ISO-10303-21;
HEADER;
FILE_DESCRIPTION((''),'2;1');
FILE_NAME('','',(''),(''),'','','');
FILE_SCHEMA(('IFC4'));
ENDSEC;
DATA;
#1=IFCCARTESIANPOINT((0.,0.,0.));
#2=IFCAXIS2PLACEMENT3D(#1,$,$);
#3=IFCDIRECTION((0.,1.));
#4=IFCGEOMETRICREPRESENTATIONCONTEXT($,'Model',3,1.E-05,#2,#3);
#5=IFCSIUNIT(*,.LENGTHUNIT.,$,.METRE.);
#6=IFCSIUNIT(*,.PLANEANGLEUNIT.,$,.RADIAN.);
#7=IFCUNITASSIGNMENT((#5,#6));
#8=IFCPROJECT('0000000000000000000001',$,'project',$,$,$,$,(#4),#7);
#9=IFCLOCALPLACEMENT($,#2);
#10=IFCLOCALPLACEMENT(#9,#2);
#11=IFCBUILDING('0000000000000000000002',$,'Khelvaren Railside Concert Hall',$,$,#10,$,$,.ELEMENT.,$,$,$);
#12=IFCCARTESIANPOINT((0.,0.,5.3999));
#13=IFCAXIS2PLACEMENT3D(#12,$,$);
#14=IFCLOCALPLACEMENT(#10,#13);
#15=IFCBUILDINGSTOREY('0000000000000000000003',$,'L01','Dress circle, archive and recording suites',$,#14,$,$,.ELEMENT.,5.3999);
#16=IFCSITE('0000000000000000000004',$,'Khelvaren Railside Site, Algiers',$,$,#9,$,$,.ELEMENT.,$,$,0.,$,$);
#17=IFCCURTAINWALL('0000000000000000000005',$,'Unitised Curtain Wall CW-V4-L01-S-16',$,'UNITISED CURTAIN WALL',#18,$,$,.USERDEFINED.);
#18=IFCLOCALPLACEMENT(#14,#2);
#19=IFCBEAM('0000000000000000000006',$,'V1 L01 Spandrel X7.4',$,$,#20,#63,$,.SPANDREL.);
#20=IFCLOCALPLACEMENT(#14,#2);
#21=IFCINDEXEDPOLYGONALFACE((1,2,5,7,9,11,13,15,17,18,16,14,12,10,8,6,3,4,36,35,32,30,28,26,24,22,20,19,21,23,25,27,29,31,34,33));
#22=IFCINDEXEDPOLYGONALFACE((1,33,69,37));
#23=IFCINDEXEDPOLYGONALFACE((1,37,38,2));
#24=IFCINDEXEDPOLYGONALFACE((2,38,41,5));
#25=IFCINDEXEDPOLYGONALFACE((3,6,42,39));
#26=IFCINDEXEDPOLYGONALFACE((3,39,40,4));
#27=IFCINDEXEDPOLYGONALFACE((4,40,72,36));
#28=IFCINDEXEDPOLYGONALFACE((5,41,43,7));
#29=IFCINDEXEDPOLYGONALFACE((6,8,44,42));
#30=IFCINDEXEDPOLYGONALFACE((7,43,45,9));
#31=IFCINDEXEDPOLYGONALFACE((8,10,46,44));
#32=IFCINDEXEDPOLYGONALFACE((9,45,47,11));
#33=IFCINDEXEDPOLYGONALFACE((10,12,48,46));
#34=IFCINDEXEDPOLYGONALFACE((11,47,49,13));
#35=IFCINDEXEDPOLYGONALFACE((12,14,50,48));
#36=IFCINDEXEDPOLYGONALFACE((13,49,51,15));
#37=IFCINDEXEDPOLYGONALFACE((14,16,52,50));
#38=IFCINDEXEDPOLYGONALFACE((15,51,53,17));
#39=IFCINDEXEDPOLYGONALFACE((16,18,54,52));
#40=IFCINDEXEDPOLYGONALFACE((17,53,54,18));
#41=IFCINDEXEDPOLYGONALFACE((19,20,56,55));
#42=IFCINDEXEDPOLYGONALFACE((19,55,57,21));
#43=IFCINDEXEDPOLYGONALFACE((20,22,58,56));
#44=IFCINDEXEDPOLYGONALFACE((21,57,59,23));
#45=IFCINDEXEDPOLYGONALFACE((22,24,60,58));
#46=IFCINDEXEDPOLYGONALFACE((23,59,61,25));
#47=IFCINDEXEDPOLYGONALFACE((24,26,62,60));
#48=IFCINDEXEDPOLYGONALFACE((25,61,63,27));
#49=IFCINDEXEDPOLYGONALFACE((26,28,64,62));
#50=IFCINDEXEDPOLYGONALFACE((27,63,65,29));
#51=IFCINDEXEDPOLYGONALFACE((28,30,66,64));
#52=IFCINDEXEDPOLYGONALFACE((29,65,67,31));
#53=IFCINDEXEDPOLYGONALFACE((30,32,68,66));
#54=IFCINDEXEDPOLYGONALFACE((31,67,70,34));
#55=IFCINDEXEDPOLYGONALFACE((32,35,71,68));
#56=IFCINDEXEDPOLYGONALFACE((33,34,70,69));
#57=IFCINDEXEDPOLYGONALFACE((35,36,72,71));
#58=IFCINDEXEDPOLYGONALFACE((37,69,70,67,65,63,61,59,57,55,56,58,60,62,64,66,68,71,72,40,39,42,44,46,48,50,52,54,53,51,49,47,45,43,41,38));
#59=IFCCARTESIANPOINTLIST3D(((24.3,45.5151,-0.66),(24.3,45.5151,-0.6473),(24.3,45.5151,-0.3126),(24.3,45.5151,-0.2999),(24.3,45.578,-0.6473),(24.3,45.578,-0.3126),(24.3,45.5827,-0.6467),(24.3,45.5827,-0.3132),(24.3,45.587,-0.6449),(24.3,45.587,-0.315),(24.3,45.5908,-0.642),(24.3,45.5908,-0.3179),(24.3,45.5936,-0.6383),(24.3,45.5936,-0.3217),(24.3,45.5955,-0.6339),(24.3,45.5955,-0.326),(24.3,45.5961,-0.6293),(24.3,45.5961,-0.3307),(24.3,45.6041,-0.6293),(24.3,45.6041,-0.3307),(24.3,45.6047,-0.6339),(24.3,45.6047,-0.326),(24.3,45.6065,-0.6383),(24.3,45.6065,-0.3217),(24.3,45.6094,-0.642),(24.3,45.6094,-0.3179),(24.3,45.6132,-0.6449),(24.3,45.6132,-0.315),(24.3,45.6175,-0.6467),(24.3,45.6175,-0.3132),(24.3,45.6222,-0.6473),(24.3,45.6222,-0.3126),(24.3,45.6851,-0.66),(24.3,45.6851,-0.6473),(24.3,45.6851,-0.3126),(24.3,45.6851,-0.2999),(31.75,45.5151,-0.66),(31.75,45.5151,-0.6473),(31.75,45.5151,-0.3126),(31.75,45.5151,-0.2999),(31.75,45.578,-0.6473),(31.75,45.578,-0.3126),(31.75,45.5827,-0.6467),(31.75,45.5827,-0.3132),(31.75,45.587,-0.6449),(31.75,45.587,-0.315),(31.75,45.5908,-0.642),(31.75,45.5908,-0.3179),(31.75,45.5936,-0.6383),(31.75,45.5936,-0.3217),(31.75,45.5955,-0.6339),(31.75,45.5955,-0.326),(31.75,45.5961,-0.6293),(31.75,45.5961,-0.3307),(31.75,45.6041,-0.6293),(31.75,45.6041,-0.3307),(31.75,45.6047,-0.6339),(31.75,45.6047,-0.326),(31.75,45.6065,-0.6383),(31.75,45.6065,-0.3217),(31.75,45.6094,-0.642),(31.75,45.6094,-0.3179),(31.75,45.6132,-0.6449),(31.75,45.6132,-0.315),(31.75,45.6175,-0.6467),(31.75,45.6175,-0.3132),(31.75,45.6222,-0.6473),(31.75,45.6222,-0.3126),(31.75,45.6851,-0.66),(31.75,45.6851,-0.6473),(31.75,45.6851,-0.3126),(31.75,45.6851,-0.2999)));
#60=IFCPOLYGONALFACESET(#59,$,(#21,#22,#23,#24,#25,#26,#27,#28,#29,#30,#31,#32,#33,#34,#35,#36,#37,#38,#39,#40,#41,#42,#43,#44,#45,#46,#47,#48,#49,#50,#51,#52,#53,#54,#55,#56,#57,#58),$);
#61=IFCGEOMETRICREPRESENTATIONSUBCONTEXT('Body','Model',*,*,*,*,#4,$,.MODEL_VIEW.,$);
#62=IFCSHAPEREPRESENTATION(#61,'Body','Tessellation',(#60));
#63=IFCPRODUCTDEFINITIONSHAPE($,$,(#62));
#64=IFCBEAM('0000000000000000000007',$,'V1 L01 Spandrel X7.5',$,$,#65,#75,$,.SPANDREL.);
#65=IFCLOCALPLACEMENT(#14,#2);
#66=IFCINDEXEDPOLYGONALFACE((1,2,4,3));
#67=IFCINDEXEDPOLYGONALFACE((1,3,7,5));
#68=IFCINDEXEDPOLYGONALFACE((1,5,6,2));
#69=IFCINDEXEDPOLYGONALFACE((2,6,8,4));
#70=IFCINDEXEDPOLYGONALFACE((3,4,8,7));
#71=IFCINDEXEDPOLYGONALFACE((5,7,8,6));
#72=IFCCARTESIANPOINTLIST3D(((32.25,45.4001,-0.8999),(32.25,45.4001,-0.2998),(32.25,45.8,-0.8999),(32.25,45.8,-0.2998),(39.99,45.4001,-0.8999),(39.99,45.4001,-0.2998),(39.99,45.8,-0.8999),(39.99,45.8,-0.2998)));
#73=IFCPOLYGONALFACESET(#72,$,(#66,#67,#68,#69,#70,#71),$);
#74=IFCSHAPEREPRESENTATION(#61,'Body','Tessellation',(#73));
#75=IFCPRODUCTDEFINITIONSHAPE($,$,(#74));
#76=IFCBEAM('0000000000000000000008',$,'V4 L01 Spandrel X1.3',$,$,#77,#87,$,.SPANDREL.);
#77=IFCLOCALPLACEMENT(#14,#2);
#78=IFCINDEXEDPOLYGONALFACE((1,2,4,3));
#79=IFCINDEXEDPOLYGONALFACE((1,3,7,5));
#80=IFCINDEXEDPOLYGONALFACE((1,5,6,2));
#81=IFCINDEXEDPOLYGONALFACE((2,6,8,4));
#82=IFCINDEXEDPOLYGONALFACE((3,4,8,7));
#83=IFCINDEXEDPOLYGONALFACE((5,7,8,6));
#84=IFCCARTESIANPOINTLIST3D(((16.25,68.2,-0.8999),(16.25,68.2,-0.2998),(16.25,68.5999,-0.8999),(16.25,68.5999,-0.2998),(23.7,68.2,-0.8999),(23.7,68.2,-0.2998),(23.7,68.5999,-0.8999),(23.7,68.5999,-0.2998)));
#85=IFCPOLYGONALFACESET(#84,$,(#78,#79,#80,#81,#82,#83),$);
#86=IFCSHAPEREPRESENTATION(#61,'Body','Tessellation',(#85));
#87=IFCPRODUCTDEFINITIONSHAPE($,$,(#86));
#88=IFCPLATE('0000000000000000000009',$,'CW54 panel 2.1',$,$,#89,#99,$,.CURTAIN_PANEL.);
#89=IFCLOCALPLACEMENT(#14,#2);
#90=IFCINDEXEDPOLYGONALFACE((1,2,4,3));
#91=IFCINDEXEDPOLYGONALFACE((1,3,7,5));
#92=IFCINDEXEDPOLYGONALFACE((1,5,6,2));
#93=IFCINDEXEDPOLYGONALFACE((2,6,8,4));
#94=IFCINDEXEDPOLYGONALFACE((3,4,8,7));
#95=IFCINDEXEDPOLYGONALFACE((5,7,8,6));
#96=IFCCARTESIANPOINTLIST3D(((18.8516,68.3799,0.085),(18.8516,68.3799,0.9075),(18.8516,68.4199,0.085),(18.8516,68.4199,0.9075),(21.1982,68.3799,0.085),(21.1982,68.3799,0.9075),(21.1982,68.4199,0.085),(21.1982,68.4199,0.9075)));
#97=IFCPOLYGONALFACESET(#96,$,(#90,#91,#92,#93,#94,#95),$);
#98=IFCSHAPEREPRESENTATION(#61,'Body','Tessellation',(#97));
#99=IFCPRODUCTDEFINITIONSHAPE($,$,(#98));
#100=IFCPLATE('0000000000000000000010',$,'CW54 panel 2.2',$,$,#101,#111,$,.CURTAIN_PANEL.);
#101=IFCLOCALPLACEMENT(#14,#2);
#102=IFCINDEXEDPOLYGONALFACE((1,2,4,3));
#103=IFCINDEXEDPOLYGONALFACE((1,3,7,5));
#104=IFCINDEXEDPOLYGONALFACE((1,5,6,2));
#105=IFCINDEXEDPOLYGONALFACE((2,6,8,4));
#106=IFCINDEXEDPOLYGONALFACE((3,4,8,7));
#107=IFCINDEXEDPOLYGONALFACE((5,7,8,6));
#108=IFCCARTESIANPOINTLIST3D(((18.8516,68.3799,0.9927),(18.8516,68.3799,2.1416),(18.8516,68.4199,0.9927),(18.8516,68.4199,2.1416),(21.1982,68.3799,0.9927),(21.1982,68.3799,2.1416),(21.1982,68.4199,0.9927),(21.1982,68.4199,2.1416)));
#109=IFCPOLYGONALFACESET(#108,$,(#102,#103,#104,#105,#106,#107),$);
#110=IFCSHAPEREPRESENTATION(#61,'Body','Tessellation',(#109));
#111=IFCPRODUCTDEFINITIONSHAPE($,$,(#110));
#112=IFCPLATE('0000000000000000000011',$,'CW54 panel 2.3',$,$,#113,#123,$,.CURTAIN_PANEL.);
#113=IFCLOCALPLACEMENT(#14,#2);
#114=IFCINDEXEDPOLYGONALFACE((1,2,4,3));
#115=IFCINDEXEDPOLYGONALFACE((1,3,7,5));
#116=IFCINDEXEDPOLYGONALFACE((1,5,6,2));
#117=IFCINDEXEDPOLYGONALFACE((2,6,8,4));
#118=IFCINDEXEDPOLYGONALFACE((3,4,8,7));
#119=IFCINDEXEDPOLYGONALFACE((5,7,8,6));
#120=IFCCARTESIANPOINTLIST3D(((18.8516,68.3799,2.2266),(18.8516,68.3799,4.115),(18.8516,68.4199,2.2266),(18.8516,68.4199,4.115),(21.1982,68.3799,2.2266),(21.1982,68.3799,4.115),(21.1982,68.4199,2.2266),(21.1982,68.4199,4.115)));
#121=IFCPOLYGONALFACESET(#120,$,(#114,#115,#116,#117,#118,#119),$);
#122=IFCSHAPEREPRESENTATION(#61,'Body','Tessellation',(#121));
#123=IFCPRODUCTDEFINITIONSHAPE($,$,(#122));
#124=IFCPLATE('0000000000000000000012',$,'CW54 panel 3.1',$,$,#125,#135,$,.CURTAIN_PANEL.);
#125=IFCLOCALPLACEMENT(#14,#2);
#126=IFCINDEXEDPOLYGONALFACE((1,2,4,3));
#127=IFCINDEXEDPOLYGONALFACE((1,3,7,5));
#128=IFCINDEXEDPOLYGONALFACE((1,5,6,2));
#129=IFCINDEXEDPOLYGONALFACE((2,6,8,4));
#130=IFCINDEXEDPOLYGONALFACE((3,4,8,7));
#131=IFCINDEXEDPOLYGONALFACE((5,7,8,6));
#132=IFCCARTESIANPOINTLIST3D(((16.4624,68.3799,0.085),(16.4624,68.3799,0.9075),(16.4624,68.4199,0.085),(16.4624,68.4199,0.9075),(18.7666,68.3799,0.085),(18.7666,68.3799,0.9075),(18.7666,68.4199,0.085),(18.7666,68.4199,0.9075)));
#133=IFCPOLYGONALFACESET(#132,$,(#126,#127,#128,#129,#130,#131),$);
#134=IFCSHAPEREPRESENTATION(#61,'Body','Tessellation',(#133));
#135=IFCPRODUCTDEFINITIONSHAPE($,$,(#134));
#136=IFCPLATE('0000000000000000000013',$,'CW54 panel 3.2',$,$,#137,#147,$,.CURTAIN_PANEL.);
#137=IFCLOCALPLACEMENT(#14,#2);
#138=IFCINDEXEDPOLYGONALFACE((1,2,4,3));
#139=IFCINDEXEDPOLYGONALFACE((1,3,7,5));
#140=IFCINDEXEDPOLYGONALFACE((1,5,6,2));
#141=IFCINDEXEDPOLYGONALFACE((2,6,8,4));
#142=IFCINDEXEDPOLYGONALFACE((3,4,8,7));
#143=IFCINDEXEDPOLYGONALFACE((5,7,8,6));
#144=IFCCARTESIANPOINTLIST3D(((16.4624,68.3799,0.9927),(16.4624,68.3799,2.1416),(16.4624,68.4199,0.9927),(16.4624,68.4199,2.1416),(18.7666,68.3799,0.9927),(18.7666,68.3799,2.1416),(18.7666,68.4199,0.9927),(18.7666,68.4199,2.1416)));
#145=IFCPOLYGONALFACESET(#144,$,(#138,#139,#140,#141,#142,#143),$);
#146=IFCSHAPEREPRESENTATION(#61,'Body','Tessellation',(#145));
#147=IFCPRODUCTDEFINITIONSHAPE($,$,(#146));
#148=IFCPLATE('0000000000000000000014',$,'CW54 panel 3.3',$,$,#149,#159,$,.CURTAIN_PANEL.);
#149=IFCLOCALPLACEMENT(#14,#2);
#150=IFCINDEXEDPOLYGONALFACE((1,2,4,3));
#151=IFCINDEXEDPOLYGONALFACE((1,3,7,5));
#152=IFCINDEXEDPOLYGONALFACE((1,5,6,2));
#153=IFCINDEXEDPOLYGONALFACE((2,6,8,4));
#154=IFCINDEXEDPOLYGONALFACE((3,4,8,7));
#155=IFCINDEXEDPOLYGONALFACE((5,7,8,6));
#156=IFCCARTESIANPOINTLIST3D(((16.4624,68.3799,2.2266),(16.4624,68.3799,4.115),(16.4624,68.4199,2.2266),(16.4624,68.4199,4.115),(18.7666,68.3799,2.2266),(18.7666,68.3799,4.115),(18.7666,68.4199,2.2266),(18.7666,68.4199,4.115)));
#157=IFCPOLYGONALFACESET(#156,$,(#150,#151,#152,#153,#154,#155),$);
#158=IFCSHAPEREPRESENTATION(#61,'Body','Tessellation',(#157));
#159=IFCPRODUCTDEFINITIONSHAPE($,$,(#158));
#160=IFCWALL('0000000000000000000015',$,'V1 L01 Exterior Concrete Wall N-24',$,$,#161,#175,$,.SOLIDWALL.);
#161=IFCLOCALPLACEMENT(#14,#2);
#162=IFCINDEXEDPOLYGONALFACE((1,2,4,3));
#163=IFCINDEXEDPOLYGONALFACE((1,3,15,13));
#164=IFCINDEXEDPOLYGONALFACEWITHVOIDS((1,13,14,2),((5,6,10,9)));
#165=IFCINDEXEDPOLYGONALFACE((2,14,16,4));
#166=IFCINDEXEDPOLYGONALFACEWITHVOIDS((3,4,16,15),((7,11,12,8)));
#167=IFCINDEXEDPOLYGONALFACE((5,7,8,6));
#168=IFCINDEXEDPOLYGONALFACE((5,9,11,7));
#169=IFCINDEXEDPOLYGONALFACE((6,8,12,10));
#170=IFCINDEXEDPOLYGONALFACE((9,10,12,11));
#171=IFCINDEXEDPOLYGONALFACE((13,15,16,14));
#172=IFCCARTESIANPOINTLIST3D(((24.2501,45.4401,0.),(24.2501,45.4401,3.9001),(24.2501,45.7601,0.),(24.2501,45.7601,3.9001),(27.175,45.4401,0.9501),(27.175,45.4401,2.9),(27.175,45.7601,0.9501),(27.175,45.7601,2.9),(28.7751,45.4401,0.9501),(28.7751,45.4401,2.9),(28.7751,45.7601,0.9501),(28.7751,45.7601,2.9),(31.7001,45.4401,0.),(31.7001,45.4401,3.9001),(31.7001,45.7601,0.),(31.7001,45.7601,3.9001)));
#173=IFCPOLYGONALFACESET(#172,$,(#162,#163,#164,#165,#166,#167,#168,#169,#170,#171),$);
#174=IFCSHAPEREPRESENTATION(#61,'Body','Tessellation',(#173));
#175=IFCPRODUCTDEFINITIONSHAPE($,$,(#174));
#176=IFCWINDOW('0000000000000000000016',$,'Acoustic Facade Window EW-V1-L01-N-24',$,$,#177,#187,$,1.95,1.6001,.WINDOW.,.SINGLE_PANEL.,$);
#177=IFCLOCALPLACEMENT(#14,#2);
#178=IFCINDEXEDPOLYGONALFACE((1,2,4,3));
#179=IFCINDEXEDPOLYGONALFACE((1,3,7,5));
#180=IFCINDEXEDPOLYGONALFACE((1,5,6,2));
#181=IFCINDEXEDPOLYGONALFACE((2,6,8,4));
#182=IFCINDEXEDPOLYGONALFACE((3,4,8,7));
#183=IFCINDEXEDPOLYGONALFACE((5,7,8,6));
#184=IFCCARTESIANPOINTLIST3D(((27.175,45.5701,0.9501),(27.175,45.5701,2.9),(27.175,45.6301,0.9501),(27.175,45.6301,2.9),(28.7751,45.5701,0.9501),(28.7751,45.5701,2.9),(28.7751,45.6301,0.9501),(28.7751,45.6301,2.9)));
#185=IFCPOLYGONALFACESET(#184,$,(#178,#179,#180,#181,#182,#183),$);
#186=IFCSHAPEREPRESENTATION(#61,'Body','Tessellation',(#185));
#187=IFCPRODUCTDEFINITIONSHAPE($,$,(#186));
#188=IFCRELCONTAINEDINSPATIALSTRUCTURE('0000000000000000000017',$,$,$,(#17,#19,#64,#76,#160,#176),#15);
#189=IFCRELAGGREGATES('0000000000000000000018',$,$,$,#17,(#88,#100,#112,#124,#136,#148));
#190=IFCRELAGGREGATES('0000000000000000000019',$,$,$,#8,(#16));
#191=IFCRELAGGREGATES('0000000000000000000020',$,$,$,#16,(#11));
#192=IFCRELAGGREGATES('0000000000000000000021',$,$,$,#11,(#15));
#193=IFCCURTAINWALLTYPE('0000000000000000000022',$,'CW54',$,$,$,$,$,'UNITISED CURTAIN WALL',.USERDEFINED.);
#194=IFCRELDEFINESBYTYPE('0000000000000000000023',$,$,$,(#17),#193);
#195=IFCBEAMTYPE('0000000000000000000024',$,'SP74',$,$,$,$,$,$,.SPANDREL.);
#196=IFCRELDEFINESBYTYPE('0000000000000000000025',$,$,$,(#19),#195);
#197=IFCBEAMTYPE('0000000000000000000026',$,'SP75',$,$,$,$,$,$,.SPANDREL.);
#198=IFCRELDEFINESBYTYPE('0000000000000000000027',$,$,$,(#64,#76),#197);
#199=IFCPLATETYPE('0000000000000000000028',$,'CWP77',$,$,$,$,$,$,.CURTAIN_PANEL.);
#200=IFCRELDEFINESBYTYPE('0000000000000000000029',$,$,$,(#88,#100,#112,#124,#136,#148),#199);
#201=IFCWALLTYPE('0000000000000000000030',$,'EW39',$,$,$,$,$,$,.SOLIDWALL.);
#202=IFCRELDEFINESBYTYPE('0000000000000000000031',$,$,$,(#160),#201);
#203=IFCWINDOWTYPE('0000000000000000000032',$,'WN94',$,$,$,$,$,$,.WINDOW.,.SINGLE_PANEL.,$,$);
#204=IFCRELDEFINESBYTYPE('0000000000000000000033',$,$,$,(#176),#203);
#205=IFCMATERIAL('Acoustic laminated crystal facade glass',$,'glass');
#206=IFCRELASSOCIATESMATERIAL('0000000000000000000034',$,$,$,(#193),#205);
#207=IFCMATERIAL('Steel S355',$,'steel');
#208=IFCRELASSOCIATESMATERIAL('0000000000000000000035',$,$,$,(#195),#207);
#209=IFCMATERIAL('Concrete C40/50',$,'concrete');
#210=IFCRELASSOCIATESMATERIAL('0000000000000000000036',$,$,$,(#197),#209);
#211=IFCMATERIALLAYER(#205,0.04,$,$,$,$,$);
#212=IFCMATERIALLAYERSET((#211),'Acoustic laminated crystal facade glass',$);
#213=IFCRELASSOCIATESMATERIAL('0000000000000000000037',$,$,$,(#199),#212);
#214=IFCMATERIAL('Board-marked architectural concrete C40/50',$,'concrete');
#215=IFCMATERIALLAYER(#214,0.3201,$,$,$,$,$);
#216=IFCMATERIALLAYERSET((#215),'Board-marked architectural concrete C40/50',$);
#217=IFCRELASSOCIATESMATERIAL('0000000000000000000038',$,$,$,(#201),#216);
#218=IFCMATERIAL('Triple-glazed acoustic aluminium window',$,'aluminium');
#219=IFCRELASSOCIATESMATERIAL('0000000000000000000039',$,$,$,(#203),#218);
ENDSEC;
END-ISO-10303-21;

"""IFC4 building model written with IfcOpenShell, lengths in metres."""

from ifc_helpers import new_model, si_unit, direction, frame, frame_2d, origin, origin_2d, place, context, subcontext, project, spatial, rectangle, i_section, extrude, material, layer, layer_set, material_profile, profile_set, type_object, element, fill, aggregate, save


model = new_model("IFC4")

# Units and contexts
model_context = context("Model", 3, precision=1e-05, world=origin(), true_north=direction((0.0, 1.0)))
body_context = subcontext(model_context, "Body", "Model", "MODEL_VIEW")
ifc_project = project(units=[si_unit("LENGTHUNIT", "METRE"), si_unit("PLANEANGLEUNIT", "RADIAN")], contexts=[model_context])

# Site, building, storey
site_placement = place(None, origin())
site = spatial("IfcSite", under=ifc_project, at=site_placement, Name="Khelvaren Railside Site, Algiers", CompositionType="ELEMENT", RefElevation=0.0)
building_placement = place(site_placement, origin())
building = spatial("IfcBuilding", under=site, at=building_placement, Name="Khelvaren Railside Concert Hall", CompositionType="ELEMENT")
storey_placement = place(building_placement, frame((0.0, 0.0, 5.3999)))
storey = spatial("IfcBuildingStorey", under=building, at=storey_placement, Name="L01", Description="Dress circle, archive and recording suites", CompositionType="ELEMENT", Elevation=5.3999)

# Curtain wall
ifc_material_1 = material(Name="Acoustic laminated crystal facade glass", Category="glass")
curtain_wall_type = type_object("IfcCurtainWallType", Name="CW54", ElementType="UNITISED CURTAIN WALL", PredefinedType="USERDEFINED", material=ifc_material_1)
curtain_wall_placement = place(storey_placement, origin())
curtain_wall = element("IfcCurtainWall", 1, at=curtain_wall_placement, inside=storey, type_object=curtain_wall_type, Name="Unitised Curtain Wall CW-V4-L01-S-16", ObjectType="UNITISED CURTAIN WALL", PredefinedType="USERDEFINED")

# Beams
ifc_material_2 = material(Name="Steel S355", Category="steel")
ifc_material_profile_1 = material_profile(ifc_material_2, i_section(OverallWidth=0.1699, OverallDepth=0.3601, WebThickness=0.0081, FlangeThickness=0.0127, FilletRadius=0.0181, at=origin_2d()), Name="IPE 360")
ifc_profile_set_1 = profile_set([ifc_material_profile_1], Name="Steel S355")
beam_type_1 = type_object("IfcBeamType", Name="SP74", PredefinedType="SPANDREL", material=ifc_profile_set_1)
beam_1_placement = place(storey_placement, frame((24.3, 45.6001, -0.48), z_axis=(1.0, 0.0, 0.0), x_axis=(0.0, 1.0, 0.0)))
element("IfcBeam", 2, at=beam_1_placement, inside=storey, type_object=beam_type_1, Name="V1 L01 Spandrel X7.4", PredefinedType="SPANDREL", context=body_context, shape_type="SweptSolid", body=[
    extrude(i_section(OverallWidth=0.1699, OverallDepth=0.3601, WebThickness=0.0081, FlangeThickness=0.0127, FilletRadius=0.0181, at=origin_2d()), origin(), (0.0, 0.0, 1.0), 7.45),
])
ifc_material_3 = material(Name="Concrete C40/50", Category="concrete")
ifc_material_profile_2 = material_profile(ifc_material_3, rectangle(XDim=0.3999, YDim=0.6001, at=origin_2d()), Name="RCB 400x600")
ifc_profile_set_2 = profile_set([ifc_material_profile_2], Name="Concrete C40/50")
beam_type_2 = type_object("IfcBeamType", Name="SP75", PredefinedType="SPANDREL", material=ifc_profile_set_2)
beam_2_placement = place(storey_placement, frame((32.25, 45.6001, -0.5999), z_axis=(1.0, 0.0, 0.0), x_axis=(0.0, 1.0, 0.0)))
element("IfcBeam", 3, at=beam_2_placement, inside=storey, type_object=beam_type_2, Name="V1 L01 Spandrel X7.5", PredefinedType="SPANDREL", context=body_context, shape_type="SweptSolid", body=[
    extrude(rectangle(XDim=0.3999, YDim=0.6001, at=origin_2d()), origin(), (0.0, 0.0, 1.0), 7.74),
])
beam_3_placement = place(storey_placement, frame((16.25, 68.3999, -0.5999), z_axis=(1.0, 0.0, 0.0), x_axis=(0.0, 1.0, 0.0)))
element("IfcBeam", 4, at=beam_3_placement, inside=storey, type_object=beam_type_2, Name="V4 L01 Spandrel X1.3", PredefinedType="SPANDREL", context=body_context, shape_type="SweptSolid", body=[
    extrude(rectangle(XDim=0.3999, YDim=0.6001, at=origin_2d()), origin(), (0.0, 0.0, 1.0), 7.45),
])

# Plates
ifc_layer_1 = layer(ifc_material_1, 0.04)
ifc_layer_set_1 = layer_set([ifc_layer_1], Name="Acoustic laminated crystal facade glass")
plate_type = type_object("IfcPlateType", Name="CWP77", PredefinedType="CURTAIN_PANEL", material=ifc_layer_set_1)
plate_1_placement = place(storey_placement, frame((20.0249, 68.3999, 0.085), z_axis=(0.0, 0.0, 1.0), x_axis=(-1.0, 0.0, 0.0)))
plate_1 = element("IfcPlate", 5, at=plate_1_placement, type_object=plate_type, Name="CW54 panel 2.1", PredefinedType="CURTAIN_PANEL", context=body_context, shape_type="SweptSolid", body=[
    extrude(rectangle(XDim=2.3467, YDim=0.04, at=origin_2d()), origin(), (0.0, 0.0, 1.0), 0.8225),
])
plate_2_placement = place(storey_placement, frame((20.0249, 68.3999, 0.9927), z_axis=(0.0, 0.0, 1.0), x_axis=(-1.0, 0.0, 0.0)))
plate_2 = element("IfcPlate", 6, at=plate_2_placement, type_object=plate_type, Name="CW54 panel 2.2", PredefinedType="CURTAIN_PANEL", context=body_context, shape_type="SweptSolid", body=[
    extrude(rectangle(XDim=2.3467, YDim=0.04, at=origin_2d()), origin(), (0.0, 0.0, 1.0), 1.1489),
])
plate_3_placement = place(storey_placement, frame((20.0249, 68.3999, 2.2266), z_axis=(0.0, 0.0, 1.0), x_axis=(-1.0, 0.0, 0.0)))
plate_3 = element("IfcPlate", 7, at=plate_3_placement, type_object=plate_type, Name="CW54 panel 2.3", PredefinedType="CURTAIN_PANEL", context=body_context, shape_type="SweptSolid", body=[
    extrude(rectangle(XDim=2.3467, YDim=0.04, at=origin_2d()), origin(), (0.0, 0.0, 1.0), 1.8884),
])
plate_4_placement = place(storey_placement, frame((17.6145, 68.3999, 0.085), z_axis=(0.0, 0.0, 1.0), x_axis=(-1.0, 0.0, 0.0)))
plate_4 = element("IfcPlate", 8, at=plate_4_placement, type_object=plate_type, Name="CW54 panel 3.1", PredefinedType="CURTAIN_PANEL", context=body_context, shape_type="SweptSolid", body=[
    extrude(rectangle(XDim=2.3042, YDim=0.04, at=origin_2d()), origin(), (0.0, 0.0, 1.0), 0.8225),
])
plate_5_placement = place(storey_placement, frame((17.6145, 68.3999, 0.9927), z_axis=(0.0, 0.0, 1.0), x_axis=(-1.0, 0.0, 0.0)))
plate_5 = element("IfcPlate", 9, at=plate_5_placement, type_object=plate_type, Name="CW54 panel 3.2", PredefinedType="CURTAIN_PANEL", context=body_context, shape_type="SweptSolid", body=[
    extrude(rectangle(XDim=2.3042, YDim=0.04, at=origin_2d()), origin(), (0.0, 0.0, 1.0), 1.1489),
])
plate_6_placement = place(storey_placement, frame((17.6145, 68.3999, 2.2266), z_axis=(0.0, 0.0, 1.0), x_axis=(-1.0, 0.0, 0.0)))
plate_6 = element("IfcPlate", 10, at=plate_6_placement, type_object=plate_type, Name="CW54 panel 3.3", PredefinedType="CURTAIN_PANEL", context=body_context, shape_type="SweptSolid", body=[
    extrude(rectangle(XDim=2.3042, YDim=0.04, at=origin_2d()), origin(), (0.0, 0.0, 1.0), 1.8884),
])
aggregate(curtain_wall, [plate_1, plate_2, plate_3, plate_4, plate_5, plate_6])

# Wall, opening, window
ifc_material_4 = material(Name="Board-marked architectural concrete C40/50", Category="concrete")
ifc_layer_2 = layer(ifc_material_4, 0.3201)
ifc_layer_set_2 = layer_set([ifc_layer_2], Name="Board-marked architectural concrete C40/50")
wall_type = type_object("IfcWallType", Name="EW39", PredefinedType="SOLIDWALL", material=ifc_layer_set_2)
wall_1_placement = place(storey_placement, frame((24.25, 45.6001, 0.0), z_axis=(0.0, 0.0, 1.0), x_axis=(1.0, 0.0, 0.0)))
wall_1 = element("IfcWall", 11, at=wall_1_placement, inside=storey, type_object=wall_type, Name="V1 L01 Exterior Concrete Wall N-24", PredefinedType="SOLIDWALL", context=body_context, shape_type="SweptSolid", body=[
    extrude(rectangle(XDim=7.45, YDim=0.3201, at=frame_2d((3.7251, 0.0))), origin(), (0.0, 0.0, 1.0), 3.9001),
])
opening_1_placement = place(wall_1_placement, frame((2.925, 0.0, 0.95)))
opening_1 = element("IfcOpeningElement", 12, at=opening_1_placement, cuts=wall_1, PredefinedType="OPENING", context=body_context, shape_type="SweptSolid", body=[
    extrude(rectangle(XDim=1.6001, YDim=1.95, at=frame_2d((0.8, 0.9751))), frame((0.0, 0.1699, 0.0), z_axis=(0.0, -1.0, 0.0), x_axis=(1.0, 0.0, 0.0)), (0.0, 0.0, 1.0), 0.3401),
])
ifc_material_5 = material(Name="Triple-glazed acoustic aluminium window", Category="aluminium")
window_type_1 = type_object("IfcWindowType", Name="WN94", PartitioningType="SINGLE_PANEL", PredefinedType="WINDOW", material=ifc_material_5)
window_1_placement = place(opening_1_placement, origin())
window_1 = element("IfcWindow", 13, at=window_1_placement, inside=storey, type_object=window_type_1, Name="Acoustic Facade Window EW-V1-L01-N-24", OverallHeight=1.95, OverallWidth=1.6001, PartitioningType="SINGLE_PANEL", PredefinedType="WINDOW", context=body_context, shape_type="SweptSolid", body=[
    extrude(rectangle(XDim=1.6001, YDim=1.95, at=frame_2d((0.8, 0.9751))), frame((0.0, 0.03, 0.0), z_axis=(0.0, -1.0, 0.0), x_axis=(1.0, 0.0, 0.0)), (0.0, 0.0, 1.0), 0.0601),
])
fill(opening_1, window_1)

save(model, "model.ifc")
